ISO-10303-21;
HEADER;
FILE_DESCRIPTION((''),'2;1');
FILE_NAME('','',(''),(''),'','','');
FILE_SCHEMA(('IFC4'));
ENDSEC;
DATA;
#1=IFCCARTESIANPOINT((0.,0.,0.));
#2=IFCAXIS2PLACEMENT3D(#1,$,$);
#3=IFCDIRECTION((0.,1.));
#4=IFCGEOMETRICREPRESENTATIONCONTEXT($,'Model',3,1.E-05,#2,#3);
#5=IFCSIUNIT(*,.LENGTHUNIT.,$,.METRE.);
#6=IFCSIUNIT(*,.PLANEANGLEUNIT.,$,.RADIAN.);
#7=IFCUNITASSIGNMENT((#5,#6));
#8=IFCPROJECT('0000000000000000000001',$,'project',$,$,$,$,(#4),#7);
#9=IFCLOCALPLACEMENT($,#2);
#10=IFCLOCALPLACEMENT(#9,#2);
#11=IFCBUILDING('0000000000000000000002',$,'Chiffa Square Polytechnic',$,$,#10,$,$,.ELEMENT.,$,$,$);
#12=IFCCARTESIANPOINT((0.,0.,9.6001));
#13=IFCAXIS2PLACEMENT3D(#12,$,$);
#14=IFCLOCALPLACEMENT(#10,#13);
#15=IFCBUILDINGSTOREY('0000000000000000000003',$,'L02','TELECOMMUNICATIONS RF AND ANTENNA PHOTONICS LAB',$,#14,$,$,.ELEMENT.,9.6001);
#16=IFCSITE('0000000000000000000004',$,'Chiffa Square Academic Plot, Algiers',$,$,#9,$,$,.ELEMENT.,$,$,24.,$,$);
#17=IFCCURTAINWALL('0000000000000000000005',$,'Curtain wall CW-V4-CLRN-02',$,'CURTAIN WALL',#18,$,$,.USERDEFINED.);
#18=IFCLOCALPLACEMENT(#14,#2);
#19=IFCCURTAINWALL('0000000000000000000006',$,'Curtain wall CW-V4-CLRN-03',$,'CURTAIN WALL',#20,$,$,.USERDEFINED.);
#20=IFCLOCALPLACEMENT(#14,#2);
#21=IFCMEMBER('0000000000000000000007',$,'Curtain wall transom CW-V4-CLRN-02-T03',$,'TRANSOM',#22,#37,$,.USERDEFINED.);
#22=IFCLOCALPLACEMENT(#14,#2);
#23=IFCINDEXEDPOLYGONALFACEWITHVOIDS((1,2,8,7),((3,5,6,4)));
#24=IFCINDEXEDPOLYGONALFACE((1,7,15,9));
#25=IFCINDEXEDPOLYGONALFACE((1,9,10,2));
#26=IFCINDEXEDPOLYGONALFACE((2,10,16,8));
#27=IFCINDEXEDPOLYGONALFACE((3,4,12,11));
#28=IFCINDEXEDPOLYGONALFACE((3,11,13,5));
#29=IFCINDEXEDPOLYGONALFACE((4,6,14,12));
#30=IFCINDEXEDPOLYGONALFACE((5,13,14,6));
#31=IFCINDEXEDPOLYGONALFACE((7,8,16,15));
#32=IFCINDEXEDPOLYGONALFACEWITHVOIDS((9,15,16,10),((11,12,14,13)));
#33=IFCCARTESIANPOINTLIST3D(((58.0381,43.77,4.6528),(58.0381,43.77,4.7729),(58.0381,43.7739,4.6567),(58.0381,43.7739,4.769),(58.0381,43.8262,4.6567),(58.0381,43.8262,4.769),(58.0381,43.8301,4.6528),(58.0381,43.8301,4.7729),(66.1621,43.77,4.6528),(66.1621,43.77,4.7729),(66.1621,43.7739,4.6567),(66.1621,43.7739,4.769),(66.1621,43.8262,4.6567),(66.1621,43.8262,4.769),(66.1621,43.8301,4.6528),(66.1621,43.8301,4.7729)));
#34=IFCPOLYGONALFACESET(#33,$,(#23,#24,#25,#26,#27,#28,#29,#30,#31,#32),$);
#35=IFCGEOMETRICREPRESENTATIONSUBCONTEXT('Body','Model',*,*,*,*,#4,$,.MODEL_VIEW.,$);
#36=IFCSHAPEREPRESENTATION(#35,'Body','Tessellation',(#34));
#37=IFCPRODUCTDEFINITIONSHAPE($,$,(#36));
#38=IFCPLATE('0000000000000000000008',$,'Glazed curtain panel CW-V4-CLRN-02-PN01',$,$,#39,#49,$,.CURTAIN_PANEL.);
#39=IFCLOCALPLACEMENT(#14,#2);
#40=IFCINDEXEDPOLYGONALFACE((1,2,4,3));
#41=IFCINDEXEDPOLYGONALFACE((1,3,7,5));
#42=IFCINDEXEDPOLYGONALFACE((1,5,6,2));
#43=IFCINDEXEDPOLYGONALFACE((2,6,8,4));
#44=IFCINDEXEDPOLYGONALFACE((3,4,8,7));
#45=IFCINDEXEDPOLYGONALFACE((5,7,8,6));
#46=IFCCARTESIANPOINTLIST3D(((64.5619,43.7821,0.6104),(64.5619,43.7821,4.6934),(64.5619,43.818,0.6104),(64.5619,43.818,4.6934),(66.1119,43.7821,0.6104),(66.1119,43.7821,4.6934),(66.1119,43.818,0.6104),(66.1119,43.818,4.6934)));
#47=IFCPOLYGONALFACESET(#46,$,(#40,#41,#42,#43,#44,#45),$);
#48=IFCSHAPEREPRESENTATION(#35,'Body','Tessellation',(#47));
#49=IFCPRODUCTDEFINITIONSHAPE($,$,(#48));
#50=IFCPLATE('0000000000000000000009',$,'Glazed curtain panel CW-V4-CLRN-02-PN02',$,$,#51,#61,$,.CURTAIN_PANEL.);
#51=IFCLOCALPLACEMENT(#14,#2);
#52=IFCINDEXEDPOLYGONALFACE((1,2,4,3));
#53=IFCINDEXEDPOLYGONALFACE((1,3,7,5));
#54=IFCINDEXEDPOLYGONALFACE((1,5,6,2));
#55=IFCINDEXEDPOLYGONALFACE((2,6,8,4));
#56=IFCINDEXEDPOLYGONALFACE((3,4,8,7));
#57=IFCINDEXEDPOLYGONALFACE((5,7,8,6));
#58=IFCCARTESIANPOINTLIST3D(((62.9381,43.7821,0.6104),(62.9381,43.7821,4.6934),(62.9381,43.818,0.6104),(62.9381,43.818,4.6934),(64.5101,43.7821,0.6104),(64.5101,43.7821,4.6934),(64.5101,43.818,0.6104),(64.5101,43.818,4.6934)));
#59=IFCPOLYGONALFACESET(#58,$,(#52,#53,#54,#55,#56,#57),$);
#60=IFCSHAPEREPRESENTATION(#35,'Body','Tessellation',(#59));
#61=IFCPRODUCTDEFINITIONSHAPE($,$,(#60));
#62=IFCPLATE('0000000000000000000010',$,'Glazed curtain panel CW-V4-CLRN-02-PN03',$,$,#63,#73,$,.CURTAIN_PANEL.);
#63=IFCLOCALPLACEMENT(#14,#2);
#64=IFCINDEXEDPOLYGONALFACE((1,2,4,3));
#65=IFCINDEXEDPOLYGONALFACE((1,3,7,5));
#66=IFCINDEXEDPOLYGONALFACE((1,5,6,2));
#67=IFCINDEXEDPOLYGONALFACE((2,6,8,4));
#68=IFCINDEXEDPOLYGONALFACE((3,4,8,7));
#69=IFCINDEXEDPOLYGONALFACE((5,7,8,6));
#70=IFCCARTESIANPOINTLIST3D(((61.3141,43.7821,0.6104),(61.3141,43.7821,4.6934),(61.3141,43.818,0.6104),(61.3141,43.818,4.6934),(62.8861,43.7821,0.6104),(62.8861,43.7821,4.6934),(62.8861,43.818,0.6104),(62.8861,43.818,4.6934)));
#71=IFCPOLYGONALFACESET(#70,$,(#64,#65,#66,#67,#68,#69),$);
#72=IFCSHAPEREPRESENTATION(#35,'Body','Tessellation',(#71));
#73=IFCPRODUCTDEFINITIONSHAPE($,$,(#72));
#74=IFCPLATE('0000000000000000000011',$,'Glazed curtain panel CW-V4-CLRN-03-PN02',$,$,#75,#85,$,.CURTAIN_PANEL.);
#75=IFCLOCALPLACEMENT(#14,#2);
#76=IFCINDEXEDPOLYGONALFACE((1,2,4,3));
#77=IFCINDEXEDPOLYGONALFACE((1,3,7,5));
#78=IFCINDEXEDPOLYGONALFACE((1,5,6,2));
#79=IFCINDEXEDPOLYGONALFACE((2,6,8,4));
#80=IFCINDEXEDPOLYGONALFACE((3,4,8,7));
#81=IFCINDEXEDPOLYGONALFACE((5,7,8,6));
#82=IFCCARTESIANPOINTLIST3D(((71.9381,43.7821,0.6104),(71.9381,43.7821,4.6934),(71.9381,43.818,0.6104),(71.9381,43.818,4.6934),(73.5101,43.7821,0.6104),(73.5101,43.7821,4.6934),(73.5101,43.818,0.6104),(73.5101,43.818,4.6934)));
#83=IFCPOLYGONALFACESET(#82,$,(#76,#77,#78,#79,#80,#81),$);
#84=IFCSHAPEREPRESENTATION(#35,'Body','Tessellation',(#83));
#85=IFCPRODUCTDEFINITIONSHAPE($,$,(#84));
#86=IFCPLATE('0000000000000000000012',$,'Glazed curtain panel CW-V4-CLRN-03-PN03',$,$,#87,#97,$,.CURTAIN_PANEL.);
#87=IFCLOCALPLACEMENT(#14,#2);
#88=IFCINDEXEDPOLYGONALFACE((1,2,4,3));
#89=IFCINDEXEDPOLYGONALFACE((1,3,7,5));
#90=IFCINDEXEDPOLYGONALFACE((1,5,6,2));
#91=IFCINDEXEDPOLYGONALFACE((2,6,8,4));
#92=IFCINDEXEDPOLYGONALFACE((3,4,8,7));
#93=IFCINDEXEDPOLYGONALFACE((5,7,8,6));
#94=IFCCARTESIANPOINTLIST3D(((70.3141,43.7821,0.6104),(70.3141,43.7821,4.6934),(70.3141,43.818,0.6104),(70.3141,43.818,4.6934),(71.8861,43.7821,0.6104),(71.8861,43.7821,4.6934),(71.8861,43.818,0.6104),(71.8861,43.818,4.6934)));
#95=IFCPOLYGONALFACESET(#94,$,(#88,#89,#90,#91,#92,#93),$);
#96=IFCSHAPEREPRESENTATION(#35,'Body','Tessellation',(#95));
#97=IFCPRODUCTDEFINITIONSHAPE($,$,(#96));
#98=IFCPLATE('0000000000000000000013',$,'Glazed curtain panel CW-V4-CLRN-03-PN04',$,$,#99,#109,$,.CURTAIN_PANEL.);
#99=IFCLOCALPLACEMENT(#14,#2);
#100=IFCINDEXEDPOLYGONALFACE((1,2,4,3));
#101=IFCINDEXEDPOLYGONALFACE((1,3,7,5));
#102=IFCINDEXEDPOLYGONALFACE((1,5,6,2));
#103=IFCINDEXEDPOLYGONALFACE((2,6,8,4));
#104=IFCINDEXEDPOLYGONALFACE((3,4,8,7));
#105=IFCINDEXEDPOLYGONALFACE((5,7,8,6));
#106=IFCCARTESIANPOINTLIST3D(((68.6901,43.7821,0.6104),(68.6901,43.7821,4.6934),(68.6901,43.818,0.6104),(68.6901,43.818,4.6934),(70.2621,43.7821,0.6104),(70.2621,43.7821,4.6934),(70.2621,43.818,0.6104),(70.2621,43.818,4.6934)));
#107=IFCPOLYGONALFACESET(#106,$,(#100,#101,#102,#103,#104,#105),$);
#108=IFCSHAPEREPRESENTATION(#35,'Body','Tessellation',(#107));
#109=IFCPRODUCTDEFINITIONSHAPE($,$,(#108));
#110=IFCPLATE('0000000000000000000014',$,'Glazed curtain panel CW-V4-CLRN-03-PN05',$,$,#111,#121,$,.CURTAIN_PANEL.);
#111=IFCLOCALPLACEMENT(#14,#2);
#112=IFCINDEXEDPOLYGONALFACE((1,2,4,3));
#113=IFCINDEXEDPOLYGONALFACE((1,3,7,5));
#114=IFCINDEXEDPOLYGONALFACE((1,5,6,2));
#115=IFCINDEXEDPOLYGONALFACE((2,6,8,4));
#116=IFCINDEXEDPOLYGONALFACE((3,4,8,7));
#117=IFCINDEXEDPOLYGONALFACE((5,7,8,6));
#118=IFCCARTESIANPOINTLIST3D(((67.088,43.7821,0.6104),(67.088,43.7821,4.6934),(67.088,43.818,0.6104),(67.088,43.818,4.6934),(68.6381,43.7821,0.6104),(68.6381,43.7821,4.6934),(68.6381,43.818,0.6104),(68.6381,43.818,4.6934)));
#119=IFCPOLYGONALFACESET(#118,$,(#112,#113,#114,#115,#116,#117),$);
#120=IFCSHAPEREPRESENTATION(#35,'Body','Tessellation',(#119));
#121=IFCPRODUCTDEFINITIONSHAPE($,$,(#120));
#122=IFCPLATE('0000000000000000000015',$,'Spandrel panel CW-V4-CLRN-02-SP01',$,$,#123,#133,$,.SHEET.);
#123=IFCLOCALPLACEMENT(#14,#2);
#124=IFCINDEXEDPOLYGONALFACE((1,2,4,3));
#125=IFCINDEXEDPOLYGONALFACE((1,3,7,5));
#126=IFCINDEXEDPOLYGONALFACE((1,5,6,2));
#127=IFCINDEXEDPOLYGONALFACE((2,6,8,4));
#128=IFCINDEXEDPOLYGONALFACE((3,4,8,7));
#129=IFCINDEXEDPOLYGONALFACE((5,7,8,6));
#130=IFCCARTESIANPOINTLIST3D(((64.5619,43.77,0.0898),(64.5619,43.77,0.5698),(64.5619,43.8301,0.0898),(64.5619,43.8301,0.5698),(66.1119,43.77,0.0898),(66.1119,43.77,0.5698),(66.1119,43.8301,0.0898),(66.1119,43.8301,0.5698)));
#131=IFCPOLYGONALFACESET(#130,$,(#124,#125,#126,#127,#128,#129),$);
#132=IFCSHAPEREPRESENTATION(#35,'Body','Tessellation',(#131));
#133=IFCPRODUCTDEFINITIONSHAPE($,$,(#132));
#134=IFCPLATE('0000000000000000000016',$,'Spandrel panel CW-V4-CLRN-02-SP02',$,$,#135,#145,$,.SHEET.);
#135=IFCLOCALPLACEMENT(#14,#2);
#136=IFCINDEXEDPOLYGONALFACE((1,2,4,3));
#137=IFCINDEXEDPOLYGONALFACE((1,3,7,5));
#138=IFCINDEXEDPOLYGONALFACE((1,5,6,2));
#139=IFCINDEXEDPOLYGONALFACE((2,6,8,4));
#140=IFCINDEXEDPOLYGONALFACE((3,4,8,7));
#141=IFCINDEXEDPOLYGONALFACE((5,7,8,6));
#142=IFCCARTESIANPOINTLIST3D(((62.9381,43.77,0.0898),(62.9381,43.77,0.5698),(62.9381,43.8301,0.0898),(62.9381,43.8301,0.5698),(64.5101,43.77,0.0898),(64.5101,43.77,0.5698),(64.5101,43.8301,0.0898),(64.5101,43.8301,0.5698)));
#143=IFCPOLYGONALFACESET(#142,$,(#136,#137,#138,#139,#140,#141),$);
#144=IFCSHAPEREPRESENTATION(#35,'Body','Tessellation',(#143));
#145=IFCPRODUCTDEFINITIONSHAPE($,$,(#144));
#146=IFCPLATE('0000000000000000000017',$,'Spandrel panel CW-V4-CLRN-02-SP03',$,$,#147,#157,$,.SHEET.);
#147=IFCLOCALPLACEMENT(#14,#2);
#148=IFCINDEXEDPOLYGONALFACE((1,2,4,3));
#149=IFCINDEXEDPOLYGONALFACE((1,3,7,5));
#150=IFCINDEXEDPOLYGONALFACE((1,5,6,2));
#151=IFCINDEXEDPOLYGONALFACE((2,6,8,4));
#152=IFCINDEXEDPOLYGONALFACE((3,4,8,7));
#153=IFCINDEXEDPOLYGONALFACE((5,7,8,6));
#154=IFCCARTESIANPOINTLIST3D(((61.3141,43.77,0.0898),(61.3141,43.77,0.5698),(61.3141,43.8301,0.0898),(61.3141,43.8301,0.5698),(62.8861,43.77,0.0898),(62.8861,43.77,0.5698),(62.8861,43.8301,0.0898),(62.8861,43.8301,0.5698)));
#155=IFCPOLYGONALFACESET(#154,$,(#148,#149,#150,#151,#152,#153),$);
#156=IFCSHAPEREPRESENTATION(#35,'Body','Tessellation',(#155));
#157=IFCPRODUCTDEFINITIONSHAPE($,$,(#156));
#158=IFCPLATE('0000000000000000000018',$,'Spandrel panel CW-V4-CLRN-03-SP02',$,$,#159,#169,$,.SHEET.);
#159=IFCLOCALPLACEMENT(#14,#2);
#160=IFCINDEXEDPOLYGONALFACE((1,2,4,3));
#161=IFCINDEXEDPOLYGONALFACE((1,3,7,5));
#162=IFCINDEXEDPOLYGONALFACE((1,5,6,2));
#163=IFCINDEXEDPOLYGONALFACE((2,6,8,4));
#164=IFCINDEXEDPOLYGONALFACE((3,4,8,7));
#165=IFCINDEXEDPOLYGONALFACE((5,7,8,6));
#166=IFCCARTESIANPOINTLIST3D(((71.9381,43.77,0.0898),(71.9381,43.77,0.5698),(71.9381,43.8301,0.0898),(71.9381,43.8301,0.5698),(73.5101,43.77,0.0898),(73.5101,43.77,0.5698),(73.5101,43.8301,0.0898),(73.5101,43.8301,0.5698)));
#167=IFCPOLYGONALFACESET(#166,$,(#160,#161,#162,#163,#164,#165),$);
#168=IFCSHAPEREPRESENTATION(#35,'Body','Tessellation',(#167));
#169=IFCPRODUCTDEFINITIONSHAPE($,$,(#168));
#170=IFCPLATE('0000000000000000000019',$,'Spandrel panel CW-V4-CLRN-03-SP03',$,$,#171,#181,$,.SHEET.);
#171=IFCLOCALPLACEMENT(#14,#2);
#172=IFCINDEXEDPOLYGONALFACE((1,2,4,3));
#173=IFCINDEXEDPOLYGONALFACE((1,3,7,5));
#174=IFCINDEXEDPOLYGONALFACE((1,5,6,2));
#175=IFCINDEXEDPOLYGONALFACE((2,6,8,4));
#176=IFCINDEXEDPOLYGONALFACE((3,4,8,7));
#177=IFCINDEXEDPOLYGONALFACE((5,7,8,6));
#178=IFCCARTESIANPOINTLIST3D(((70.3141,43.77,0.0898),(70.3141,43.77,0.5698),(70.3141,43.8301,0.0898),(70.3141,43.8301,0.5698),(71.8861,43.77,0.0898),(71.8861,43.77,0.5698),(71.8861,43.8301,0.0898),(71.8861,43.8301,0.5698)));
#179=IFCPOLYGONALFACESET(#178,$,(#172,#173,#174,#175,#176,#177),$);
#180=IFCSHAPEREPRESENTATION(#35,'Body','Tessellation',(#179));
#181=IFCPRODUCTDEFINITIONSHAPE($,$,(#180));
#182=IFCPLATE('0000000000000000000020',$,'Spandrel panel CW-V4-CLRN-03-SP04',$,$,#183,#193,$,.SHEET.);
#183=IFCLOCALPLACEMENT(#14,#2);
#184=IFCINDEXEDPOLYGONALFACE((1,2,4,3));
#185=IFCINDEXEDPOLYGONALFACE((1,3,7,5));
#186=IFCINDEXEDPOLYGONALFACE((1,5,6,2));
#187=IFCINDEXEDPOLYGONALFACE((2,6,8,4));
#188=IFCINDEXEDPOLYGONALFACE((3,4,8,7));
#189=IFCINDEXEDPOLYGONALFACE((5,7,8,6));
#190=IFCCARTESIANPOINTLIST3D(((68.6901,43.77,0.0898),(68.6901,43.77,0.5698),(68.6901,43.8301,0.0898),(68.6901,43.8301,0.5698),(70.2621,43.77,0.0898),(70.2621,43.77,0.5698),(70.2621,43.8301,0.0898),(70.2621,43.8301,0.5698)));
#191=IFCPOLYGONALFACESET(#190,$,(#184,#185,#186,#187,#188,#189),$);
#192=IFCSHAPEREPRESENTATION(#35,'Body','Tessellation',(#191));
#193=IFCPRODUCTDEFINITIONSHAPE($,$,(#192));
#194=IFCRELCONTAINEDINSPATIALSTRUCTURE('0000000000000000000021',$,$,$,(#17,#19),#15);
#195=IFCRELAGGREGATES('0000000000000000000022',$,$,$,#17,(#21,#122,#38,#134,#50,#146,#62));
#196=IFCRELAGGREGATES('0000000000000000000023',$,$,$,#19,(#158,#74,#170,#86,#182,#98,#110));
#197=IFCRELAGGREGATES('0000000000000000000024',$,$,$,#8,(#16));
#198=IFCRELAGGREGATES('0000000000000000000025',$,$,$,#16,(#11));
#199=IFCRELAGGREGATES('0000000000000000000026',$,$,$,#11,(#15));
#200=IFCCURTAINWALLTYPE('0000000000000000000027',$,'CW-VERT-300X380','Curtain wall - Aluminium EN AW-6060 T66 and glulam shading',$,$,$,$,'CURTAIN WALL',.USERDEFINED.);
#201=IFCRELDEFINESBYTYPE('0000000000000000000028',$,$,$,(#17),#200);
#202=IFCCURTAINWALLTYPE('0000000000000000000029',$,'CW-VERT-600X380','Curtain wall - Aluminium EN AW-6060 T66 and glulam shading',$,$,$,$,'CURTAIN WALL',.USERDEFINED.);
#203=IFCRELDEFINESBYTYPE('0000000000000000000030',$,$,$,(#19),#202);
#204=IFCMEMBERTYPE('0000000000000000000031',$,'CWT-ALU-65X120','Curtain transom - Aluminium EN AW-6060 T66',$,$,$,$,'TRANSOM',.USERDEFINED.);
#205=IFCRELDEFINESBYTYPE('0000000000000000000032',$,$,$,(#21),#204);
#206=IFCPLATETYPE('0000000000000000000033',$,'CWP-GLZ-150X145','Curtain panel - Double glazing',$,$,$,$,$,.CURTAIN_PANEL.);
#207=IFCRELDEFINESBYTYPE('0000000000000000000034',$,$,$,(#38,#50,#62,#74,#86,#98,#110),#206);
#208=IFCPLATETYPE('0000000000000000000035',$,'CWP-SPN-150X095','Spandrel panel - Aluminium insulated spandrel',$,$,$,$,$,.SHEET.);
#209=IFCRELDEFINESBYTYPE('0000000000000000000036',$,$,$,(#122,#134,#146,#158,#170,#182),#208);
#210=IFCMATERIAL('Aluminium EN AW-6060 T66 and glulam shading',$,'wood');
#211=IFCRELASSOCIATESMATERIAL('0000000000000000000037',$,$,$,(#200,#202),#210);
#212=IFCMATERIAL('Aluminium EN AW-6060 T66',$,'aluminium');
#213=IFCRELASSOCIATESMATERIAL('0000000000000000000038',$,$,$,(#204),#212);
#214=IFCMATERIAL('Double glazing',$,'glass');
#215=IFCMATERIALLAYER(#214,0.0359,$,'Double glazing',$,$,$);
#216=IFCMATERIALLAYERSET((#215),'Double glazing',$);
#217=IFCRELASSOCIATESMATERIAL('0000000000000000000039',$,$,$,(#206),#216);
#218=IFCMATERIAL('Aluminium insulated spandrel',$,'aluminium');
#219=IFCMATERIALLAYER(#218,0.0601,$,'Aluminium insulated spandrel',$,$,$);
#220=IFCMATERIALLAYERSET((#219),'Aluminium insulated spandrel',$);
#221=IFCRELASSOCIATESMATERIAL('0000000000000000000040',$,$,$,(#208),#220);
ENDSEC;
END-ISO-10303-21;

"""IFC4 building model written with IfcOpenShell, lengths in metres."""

from ifc_helpers import new_model, si_unit, direction, frame, origin, origin_2d, place, context, subcontext, project, spatial, rectangle, hollow_rectangle, extrude, material, layer, layer_set, material_profile, profile_set, type_object, element, aggregate, save


model = new_model("IFC4")

# Units and contexts
model_context = context("Model", 3, precision=1e-05, world=origin(), true_north=direction((0.0, 1.0)))
body_context = subcontext(model_context, "Body", "Model", "MODEL_VIEW")
ifc_project = project(units=[si_unit("LENGTHUNIT", "METRE"), si_unit("PLANEANGLEUNIT", "RADIAN")], contexts=[model_context])

# Site, building, storey
site_placement = place(None, origin())
site = spatial("IfcSite", under=ifc_project, at=site_placement, Name="Chiffa Square Academic Plot, Algiers", CompositionType="ELEMENT", RefElevation=24.0)
building_placement = place(site_placement, origin())
building = spatial("IfcBuilding", under=site, at=building_placement, Name="Chiffa Square Polytechnic", CompositionType="ELEMENT")
storey_placement = place(building_placement, frame((0.0, 0.0, 9.6001)))
storey = spatial("IfcBuildingStorey", under=building, at=storey_placement, Name="L02", Description="TELECOMMUNICATIONS RF AND ANTENNA PHOTONICS LAB", CompositionType="ELEMENT", Elevation=9.6001)

# Curtain walls
ifc_material_1 = material(Name="Aluminium EN AW-6060 T66 and glulam shading", Category="wood")
curtain_wall_type_1 = type_object("IfcCurtainWallType", Name="CW-VERT-300X380", Description="Curtain wall - Aluminium EN AW-6060 T66 and glulam shading", ElementType="CURTAIN WALL", PredefinedType="USERDEFINED", material=ifc_material_1)
curtain_wall_1_placement = place(storey_placement, origin())
curtain_wall_1 = element("IfcCurtainWall", 1, at=curtain_wall_1_placement, inside=storey, type_object=curtain_wall_type_1, Name="Curtain wall CW-V4-CLRN-02", ObjectType="CURTAIN WALL", PredefinedType="USERDEFINED")
ifc_material_2 = material(Name="Aluminium EN AW-6060 T66", Category="aluminium")
curtain_wall_type_2 = type_object("IfcCurtainWallType", Name="CW-VERT-600X380", Description="Curtain wall - Aluminium EN AW-6060 T66 and glulam shading", ElementType="CURTAIN WALL", PredefinedType="USERDEFINED", material=ifc_material_1)
curtain_wall_2_placement = place(storey_placement, origin())
curtain_wall_2 = element("IfcCurtainWall", 2, at=curtain_wall_2_placement, inside=storey, type_object=curtain_wall_type_2, Name="Curtain wall CW-V4-CLRN-03", ObjectType="CURTAIN WALL", PredefinedType="USERDEFINED")

# Member
ifc_material_profile_1 = material_profile(ifc_material_2, hollow_rectangle(XDim=0.0601, YDim=0.1201, WallThickness=0.0039, at=origin_2d()), Name="ALU 60x120x4")
ifc_profile_set_1 = profile_set([ifc_material_profile_1], Name="Aluminium EN AW-6060 T66")
member_type_1 = type_object("IfcMemberType", Name="CWT-ALU-65X120", Description="Curtain transom - Aluminium EN AW-6060 T66", ElementType="TRANSOM", PredefinedType="USERDEFINED", material=ifc_profile_set_1)
member_1_placement = place(storey_placement, frame((66.1621, 43.8, 4.7129), z_axis=(-1.0, 0.0, 0.0), x_axis=(0.0, -1.0, 0.0)))
member_1 = element("IfcMember", 3, at=member_1_placement, type_object=member_type_1, Name="Curtain wall transom CW-V4-CLRN-02-T03", ObjectType="TRANSOM", PredefinedType="USERDEFINED", context=body_context, shape_type="SweptSolid", body=[
    extrude(hollow_rectangle(XDim=0.0601, YDim=0.1201, WallThickness=0.0039, at=origin_2d()), origin(), (0.0, 0.0, 1.0), 8.124),
])

# Plates
ifc_material_3 = material(Name="Double glazing", Category="glass")
ifc_layer_1 = layer(ifc_material_3, 0.0359, Name="Double glazing")
ifc_layer_set_1 = layer_set([ifc_layer_1], Name="Double glazing")
plate_type_1 = type_object("IfcPlateType", Name="CWP-GLZ-150X145", Description="Curtain panel - Double glazing", PredefinedType="CURTAIN_PANEL", material=ifc_layer_set_1)
plate_1_placement = place(storey_placement, frame((65.3369, 43.8, 0.6104), z_axis=(0.0, 0.0, 1.0), x_axis=(-1.0, 0.0, 0.0)))
plate_1 = element("IfcPlate", 4, at=plate_1_placement, type_object=plate_type_1, Name="Glazed curtain panel CW-V4-CLRN-02-PN01", PredefinedType="CURTAIN_PANEL", context=body_context, shape_type="SweptSolid", body=[
    extrude(rectangle(XDim=1.55, YDim=0.0359, at=origin_2d()), origin(), (0.0, 0.0, 1.0), 4.083),
])
plate_2_placement = place(storey_placement, frame((63.7241, 43.8, 0.6104), z_axis=(0.0, 0.0, 1.0), x_axis=(-1.0, 0.0, 0.0)))
plate_2 = element("IfcPlate", 5, at=plate_2_placement, type_object=plate_type_1, Name="Glazed curtain panel CW-V4-CLRN-02-PN02", PredefinedType="CURTAIN_PANEL", context=body_context, shape_type="SweptSolid", body=[
    extrude(rectangle(XDim=1.572, YDim=0.0359, at=origin_2d()), origin(), (0.0, 0.0, 1.0), 4.083),
])
plate_3_placement = place(storey_placement, frame((62.1001, 43.8, 0.6104), z_axis=(0.0, 0.0, 1.0), x_axis=(-1.0, 0.0, 0.0)))
plate_3 = element("IfcPlate", 6, at=plate_3_placement, type_object=plate_type_1, Name="Glazed curtain panel CW-V4-CLRN-02-PN03", PredefinedType="CURTAIN_PANEL", context=body_context, shape_type="SweptSolid", body=[
    extrude(rectangle(XDim=1.572, YDim=0.0359, at=origin_2d()), origin(), (0.0, 0.0, 1.0), 4.083),
])
plate_4_placement = place(storey_placement, frame((72.7241, 43.8, 0.6104), z_axis=(0.0, 0.0, 1.0), x_axis=(-1.0, 0.0, 0.0)))
plate_4 = element("IfcPlate", 7, at=plate_4_placement, type_object=plate_type_1, Name="Glazed curtain panel CW-V4-CLRN-03-PN02", PredefinedType="CURTAIN_PANEL", context=body_context, shape_type="SweptSolid", body=[
    extrude(rectangle(XDim=1.572, YDim=0.0359, at=origin_2d()), origin(), (0.0, 0.0, 1.0), 4.083),
])
plate_5_placement = place(storey_placement, frame((71.1001, 43.8, 0.6104), z_axis=(0.0, 0.0, 1.0), x_axis=(-1.0, 0.0, 0.0)))
plate_5 = element("IfcPlate", 8, at=plate_5_placement, type_object=plate_type_1, Name="Glazed curtain panel CW-V4-CLRN-03-PN03", PredefinedType="CURTAIN_PANEL", context=body_context, shape_type="SweptSolid", body=[
    extrude(rectangle(XDim=1.572, YDim=0.0359, at=origin_2d()), origin(), (0.0, 0.0, 1.0), 4.083),
])
plate_6_placement = place(storey_placement, frame((69.4761, 43.8, 0.6104), z_axis=(0.0, 0.0, 1.0), x_axis=(-1.0, 0.0, 0.0)))
plate_6 = element("IfcPlate", 9, at=plate_6_placement, type_object=plate_type_1, Name="Glazed curtain panel CW-V4-CLRN-03-PN04", PredefinedType="CURTAIN_PANEL", context=body_context, shape_type="SweptSolid", body=[
    extrude(rectangle(XDim=1.572, YDim=0.0359, at=origin_2d()), origin(), (0.0, 0.0, 1.0), 4.083),
])
plate_7_placement = place(storey_placement, frame((67.863, 43.8, 0.6104), z_axis=(0.0, 0.0, 1.0), x_axis=(-1.0, 0.0, 0.0)))
plate_7 = element("IfcPlate", 10, at=plate_7_placement, type_object=plate_type_1, Name="Glazed curtain panel CW-V4-CLRN-03-PN05", PredefinedType="CURTAIN_PANEL", context=body_context, shape_type="SweptSolid", body=[
    extrude(rectangle(XDim=1.55, YDim=0.0359, at=origin_2d()), origin(), (0.0, 0.0, 1.0), 4.083),
])
ifc_material_4 = material(Name="Aluminium insulated spandrel", Category="aluminium")
ifc_layer_2 = layer(ifc_material_4, 0.0601, Name="Aluminium insulated spandrel")
ifc_layer_set_2 = layer_set([ifc_layer_2], Name="Aluminium insulated spandrel")
plate_type_2 = type_object("IfcPlateType", Name="CWP-SPN-150X095", Description="Spandrel panel - Aluminium insulated spandrel", PredefinedType="SHEET", material=ifc_layer_set_2)
plate_8_placement = place(storey_placement, frame((65.3369, 43.8, 0.0898), z_axis=(0.0, 0.0, 1.0), x_axis=(-1.0, 0.0, 0.0)))
plate_8 = element("IfcPlate", 11, at=plate_8_placement, type_object=plate_type_2, Name="Spandrel panel CW-V4-CLRN-02-SP01", PredefinedType="SHEET", context=body_context, shape_type="SweptSolid", body=[
    extrude(rectangle(XDim=1.55, YDim=0.0601, at=origin_2d()), origin(), (0.0, 0.0, 1.0), 0.48),
])
plate_9_placement = place(storey_placement, frame((63.7241, 43.8, 0.0898), z_axis=(0.0, 0.0, 1.0), x_axis=(-1.0, 0.0, 0.0)))
plate_9 = element("IfcPlate", 12, at=plate_9_placement, type_object=plate_type_2, Name="Spandrel panel CW-V4-CLRN-02-SP02", PredefinedType="SHEET", context=body_context, shape_type="SweptSolid", body=[
    extrude(rectangle(XDim=1.572, YDim=0.0601, at=origin_2d()), origin(), (0.0, 0.0, 1.0), 0.48),
])
plate_10_placement = place(storey_placement, frame((62.1001, 43.8, 0.0898), z_axis=(0.0, 0.0, 1.0), x_axis=(-1.0, 0.0, 0.0)))
plate_10 = element("IfcPlate", 13, at=plate_10_placement, type_object=plate_type_2, Name="Spandrel panel CW-V4-CLRN-02-SP03", PredefinedType="SHEET", context=body_context, shape_type="SweptSolid", body=[
    extrude(rectangle(XDim=1.572, YDim=0.0601, at=origin_2d()), origin(), (0.0, 0.0, 1.0), 0.48),
])
aggregate(curtain_wall_1, [member_1, plate_8, plate_1, plate_9, plate_2, plate_10, plate_3])
plate_11_placement = place(storey_placement, frame((72.7241, 43.8, 0.0898), z_axis=(0.0, 0.0, 1.0), x_axis=(-1.0, 0.0, 0.0)))
plate_11 = element("IfcPlate", 14, at=plate_11_placement, type_object=plate_type_2, Name="Spandrel panel CW-V4-CLRN-03-SP02", PredefinedType="SHEET", context=body_context, shape_type="SweptSolid", body=[
    extrude(rectangle(XDim=1.572, YDim=0.0601, at=origin_2d()), origin(), (0.0, 0.0, 1.0), 0.48),
])
plate_12_placement = place(storey_placement, frame((71.1001, 43.8, 0.0898), z_axis=(0.0, 0.0, 1.0), x_axis=(-1.0, 0.0, 0.0)))
plate_12 = element("IfcPlate", 15, at=plate_12_placement, type_object=plate_type_2, Name="Spandrel panel CW-V4-CLRN-03-SP03", PredefinedType="SHEET", context=body_context, shape_type="SweptSolid", body=[
    extrude(rectangle(XDim=1.572, YDim=0.0601, at=origin_2d()), origin(), (0.0, 0.0, 1.0), 0.48),
])
plate_13_placement = place(storey_placement, frame((69.4761, 43.8, 0.0898), z_axis=(0.0, 0.0, 1.0), x_axis=(-1.0, 0.0, 0.0)))
plate_13 = element("IfcPlate", 16, at=plate_13_placement, type_object=plate_type_2, Name="Spandrel panel CW-V4-CLRN-03-SP04", PredefinedType="SHEET", context=body_context, shape_type="SweptSolid", body=[
    extrude(rectangle(XDim=1.572, YDim=0.0601, at=origin_2d()), origin(), (0.0, 0.0, 1.0), 0.48),
])
aggregate(curtain_wall_2, [plate_11, plate_4, plate_12, plate_5, plate_13, plate_6, plate_7])

save(model, "model.ifc")
